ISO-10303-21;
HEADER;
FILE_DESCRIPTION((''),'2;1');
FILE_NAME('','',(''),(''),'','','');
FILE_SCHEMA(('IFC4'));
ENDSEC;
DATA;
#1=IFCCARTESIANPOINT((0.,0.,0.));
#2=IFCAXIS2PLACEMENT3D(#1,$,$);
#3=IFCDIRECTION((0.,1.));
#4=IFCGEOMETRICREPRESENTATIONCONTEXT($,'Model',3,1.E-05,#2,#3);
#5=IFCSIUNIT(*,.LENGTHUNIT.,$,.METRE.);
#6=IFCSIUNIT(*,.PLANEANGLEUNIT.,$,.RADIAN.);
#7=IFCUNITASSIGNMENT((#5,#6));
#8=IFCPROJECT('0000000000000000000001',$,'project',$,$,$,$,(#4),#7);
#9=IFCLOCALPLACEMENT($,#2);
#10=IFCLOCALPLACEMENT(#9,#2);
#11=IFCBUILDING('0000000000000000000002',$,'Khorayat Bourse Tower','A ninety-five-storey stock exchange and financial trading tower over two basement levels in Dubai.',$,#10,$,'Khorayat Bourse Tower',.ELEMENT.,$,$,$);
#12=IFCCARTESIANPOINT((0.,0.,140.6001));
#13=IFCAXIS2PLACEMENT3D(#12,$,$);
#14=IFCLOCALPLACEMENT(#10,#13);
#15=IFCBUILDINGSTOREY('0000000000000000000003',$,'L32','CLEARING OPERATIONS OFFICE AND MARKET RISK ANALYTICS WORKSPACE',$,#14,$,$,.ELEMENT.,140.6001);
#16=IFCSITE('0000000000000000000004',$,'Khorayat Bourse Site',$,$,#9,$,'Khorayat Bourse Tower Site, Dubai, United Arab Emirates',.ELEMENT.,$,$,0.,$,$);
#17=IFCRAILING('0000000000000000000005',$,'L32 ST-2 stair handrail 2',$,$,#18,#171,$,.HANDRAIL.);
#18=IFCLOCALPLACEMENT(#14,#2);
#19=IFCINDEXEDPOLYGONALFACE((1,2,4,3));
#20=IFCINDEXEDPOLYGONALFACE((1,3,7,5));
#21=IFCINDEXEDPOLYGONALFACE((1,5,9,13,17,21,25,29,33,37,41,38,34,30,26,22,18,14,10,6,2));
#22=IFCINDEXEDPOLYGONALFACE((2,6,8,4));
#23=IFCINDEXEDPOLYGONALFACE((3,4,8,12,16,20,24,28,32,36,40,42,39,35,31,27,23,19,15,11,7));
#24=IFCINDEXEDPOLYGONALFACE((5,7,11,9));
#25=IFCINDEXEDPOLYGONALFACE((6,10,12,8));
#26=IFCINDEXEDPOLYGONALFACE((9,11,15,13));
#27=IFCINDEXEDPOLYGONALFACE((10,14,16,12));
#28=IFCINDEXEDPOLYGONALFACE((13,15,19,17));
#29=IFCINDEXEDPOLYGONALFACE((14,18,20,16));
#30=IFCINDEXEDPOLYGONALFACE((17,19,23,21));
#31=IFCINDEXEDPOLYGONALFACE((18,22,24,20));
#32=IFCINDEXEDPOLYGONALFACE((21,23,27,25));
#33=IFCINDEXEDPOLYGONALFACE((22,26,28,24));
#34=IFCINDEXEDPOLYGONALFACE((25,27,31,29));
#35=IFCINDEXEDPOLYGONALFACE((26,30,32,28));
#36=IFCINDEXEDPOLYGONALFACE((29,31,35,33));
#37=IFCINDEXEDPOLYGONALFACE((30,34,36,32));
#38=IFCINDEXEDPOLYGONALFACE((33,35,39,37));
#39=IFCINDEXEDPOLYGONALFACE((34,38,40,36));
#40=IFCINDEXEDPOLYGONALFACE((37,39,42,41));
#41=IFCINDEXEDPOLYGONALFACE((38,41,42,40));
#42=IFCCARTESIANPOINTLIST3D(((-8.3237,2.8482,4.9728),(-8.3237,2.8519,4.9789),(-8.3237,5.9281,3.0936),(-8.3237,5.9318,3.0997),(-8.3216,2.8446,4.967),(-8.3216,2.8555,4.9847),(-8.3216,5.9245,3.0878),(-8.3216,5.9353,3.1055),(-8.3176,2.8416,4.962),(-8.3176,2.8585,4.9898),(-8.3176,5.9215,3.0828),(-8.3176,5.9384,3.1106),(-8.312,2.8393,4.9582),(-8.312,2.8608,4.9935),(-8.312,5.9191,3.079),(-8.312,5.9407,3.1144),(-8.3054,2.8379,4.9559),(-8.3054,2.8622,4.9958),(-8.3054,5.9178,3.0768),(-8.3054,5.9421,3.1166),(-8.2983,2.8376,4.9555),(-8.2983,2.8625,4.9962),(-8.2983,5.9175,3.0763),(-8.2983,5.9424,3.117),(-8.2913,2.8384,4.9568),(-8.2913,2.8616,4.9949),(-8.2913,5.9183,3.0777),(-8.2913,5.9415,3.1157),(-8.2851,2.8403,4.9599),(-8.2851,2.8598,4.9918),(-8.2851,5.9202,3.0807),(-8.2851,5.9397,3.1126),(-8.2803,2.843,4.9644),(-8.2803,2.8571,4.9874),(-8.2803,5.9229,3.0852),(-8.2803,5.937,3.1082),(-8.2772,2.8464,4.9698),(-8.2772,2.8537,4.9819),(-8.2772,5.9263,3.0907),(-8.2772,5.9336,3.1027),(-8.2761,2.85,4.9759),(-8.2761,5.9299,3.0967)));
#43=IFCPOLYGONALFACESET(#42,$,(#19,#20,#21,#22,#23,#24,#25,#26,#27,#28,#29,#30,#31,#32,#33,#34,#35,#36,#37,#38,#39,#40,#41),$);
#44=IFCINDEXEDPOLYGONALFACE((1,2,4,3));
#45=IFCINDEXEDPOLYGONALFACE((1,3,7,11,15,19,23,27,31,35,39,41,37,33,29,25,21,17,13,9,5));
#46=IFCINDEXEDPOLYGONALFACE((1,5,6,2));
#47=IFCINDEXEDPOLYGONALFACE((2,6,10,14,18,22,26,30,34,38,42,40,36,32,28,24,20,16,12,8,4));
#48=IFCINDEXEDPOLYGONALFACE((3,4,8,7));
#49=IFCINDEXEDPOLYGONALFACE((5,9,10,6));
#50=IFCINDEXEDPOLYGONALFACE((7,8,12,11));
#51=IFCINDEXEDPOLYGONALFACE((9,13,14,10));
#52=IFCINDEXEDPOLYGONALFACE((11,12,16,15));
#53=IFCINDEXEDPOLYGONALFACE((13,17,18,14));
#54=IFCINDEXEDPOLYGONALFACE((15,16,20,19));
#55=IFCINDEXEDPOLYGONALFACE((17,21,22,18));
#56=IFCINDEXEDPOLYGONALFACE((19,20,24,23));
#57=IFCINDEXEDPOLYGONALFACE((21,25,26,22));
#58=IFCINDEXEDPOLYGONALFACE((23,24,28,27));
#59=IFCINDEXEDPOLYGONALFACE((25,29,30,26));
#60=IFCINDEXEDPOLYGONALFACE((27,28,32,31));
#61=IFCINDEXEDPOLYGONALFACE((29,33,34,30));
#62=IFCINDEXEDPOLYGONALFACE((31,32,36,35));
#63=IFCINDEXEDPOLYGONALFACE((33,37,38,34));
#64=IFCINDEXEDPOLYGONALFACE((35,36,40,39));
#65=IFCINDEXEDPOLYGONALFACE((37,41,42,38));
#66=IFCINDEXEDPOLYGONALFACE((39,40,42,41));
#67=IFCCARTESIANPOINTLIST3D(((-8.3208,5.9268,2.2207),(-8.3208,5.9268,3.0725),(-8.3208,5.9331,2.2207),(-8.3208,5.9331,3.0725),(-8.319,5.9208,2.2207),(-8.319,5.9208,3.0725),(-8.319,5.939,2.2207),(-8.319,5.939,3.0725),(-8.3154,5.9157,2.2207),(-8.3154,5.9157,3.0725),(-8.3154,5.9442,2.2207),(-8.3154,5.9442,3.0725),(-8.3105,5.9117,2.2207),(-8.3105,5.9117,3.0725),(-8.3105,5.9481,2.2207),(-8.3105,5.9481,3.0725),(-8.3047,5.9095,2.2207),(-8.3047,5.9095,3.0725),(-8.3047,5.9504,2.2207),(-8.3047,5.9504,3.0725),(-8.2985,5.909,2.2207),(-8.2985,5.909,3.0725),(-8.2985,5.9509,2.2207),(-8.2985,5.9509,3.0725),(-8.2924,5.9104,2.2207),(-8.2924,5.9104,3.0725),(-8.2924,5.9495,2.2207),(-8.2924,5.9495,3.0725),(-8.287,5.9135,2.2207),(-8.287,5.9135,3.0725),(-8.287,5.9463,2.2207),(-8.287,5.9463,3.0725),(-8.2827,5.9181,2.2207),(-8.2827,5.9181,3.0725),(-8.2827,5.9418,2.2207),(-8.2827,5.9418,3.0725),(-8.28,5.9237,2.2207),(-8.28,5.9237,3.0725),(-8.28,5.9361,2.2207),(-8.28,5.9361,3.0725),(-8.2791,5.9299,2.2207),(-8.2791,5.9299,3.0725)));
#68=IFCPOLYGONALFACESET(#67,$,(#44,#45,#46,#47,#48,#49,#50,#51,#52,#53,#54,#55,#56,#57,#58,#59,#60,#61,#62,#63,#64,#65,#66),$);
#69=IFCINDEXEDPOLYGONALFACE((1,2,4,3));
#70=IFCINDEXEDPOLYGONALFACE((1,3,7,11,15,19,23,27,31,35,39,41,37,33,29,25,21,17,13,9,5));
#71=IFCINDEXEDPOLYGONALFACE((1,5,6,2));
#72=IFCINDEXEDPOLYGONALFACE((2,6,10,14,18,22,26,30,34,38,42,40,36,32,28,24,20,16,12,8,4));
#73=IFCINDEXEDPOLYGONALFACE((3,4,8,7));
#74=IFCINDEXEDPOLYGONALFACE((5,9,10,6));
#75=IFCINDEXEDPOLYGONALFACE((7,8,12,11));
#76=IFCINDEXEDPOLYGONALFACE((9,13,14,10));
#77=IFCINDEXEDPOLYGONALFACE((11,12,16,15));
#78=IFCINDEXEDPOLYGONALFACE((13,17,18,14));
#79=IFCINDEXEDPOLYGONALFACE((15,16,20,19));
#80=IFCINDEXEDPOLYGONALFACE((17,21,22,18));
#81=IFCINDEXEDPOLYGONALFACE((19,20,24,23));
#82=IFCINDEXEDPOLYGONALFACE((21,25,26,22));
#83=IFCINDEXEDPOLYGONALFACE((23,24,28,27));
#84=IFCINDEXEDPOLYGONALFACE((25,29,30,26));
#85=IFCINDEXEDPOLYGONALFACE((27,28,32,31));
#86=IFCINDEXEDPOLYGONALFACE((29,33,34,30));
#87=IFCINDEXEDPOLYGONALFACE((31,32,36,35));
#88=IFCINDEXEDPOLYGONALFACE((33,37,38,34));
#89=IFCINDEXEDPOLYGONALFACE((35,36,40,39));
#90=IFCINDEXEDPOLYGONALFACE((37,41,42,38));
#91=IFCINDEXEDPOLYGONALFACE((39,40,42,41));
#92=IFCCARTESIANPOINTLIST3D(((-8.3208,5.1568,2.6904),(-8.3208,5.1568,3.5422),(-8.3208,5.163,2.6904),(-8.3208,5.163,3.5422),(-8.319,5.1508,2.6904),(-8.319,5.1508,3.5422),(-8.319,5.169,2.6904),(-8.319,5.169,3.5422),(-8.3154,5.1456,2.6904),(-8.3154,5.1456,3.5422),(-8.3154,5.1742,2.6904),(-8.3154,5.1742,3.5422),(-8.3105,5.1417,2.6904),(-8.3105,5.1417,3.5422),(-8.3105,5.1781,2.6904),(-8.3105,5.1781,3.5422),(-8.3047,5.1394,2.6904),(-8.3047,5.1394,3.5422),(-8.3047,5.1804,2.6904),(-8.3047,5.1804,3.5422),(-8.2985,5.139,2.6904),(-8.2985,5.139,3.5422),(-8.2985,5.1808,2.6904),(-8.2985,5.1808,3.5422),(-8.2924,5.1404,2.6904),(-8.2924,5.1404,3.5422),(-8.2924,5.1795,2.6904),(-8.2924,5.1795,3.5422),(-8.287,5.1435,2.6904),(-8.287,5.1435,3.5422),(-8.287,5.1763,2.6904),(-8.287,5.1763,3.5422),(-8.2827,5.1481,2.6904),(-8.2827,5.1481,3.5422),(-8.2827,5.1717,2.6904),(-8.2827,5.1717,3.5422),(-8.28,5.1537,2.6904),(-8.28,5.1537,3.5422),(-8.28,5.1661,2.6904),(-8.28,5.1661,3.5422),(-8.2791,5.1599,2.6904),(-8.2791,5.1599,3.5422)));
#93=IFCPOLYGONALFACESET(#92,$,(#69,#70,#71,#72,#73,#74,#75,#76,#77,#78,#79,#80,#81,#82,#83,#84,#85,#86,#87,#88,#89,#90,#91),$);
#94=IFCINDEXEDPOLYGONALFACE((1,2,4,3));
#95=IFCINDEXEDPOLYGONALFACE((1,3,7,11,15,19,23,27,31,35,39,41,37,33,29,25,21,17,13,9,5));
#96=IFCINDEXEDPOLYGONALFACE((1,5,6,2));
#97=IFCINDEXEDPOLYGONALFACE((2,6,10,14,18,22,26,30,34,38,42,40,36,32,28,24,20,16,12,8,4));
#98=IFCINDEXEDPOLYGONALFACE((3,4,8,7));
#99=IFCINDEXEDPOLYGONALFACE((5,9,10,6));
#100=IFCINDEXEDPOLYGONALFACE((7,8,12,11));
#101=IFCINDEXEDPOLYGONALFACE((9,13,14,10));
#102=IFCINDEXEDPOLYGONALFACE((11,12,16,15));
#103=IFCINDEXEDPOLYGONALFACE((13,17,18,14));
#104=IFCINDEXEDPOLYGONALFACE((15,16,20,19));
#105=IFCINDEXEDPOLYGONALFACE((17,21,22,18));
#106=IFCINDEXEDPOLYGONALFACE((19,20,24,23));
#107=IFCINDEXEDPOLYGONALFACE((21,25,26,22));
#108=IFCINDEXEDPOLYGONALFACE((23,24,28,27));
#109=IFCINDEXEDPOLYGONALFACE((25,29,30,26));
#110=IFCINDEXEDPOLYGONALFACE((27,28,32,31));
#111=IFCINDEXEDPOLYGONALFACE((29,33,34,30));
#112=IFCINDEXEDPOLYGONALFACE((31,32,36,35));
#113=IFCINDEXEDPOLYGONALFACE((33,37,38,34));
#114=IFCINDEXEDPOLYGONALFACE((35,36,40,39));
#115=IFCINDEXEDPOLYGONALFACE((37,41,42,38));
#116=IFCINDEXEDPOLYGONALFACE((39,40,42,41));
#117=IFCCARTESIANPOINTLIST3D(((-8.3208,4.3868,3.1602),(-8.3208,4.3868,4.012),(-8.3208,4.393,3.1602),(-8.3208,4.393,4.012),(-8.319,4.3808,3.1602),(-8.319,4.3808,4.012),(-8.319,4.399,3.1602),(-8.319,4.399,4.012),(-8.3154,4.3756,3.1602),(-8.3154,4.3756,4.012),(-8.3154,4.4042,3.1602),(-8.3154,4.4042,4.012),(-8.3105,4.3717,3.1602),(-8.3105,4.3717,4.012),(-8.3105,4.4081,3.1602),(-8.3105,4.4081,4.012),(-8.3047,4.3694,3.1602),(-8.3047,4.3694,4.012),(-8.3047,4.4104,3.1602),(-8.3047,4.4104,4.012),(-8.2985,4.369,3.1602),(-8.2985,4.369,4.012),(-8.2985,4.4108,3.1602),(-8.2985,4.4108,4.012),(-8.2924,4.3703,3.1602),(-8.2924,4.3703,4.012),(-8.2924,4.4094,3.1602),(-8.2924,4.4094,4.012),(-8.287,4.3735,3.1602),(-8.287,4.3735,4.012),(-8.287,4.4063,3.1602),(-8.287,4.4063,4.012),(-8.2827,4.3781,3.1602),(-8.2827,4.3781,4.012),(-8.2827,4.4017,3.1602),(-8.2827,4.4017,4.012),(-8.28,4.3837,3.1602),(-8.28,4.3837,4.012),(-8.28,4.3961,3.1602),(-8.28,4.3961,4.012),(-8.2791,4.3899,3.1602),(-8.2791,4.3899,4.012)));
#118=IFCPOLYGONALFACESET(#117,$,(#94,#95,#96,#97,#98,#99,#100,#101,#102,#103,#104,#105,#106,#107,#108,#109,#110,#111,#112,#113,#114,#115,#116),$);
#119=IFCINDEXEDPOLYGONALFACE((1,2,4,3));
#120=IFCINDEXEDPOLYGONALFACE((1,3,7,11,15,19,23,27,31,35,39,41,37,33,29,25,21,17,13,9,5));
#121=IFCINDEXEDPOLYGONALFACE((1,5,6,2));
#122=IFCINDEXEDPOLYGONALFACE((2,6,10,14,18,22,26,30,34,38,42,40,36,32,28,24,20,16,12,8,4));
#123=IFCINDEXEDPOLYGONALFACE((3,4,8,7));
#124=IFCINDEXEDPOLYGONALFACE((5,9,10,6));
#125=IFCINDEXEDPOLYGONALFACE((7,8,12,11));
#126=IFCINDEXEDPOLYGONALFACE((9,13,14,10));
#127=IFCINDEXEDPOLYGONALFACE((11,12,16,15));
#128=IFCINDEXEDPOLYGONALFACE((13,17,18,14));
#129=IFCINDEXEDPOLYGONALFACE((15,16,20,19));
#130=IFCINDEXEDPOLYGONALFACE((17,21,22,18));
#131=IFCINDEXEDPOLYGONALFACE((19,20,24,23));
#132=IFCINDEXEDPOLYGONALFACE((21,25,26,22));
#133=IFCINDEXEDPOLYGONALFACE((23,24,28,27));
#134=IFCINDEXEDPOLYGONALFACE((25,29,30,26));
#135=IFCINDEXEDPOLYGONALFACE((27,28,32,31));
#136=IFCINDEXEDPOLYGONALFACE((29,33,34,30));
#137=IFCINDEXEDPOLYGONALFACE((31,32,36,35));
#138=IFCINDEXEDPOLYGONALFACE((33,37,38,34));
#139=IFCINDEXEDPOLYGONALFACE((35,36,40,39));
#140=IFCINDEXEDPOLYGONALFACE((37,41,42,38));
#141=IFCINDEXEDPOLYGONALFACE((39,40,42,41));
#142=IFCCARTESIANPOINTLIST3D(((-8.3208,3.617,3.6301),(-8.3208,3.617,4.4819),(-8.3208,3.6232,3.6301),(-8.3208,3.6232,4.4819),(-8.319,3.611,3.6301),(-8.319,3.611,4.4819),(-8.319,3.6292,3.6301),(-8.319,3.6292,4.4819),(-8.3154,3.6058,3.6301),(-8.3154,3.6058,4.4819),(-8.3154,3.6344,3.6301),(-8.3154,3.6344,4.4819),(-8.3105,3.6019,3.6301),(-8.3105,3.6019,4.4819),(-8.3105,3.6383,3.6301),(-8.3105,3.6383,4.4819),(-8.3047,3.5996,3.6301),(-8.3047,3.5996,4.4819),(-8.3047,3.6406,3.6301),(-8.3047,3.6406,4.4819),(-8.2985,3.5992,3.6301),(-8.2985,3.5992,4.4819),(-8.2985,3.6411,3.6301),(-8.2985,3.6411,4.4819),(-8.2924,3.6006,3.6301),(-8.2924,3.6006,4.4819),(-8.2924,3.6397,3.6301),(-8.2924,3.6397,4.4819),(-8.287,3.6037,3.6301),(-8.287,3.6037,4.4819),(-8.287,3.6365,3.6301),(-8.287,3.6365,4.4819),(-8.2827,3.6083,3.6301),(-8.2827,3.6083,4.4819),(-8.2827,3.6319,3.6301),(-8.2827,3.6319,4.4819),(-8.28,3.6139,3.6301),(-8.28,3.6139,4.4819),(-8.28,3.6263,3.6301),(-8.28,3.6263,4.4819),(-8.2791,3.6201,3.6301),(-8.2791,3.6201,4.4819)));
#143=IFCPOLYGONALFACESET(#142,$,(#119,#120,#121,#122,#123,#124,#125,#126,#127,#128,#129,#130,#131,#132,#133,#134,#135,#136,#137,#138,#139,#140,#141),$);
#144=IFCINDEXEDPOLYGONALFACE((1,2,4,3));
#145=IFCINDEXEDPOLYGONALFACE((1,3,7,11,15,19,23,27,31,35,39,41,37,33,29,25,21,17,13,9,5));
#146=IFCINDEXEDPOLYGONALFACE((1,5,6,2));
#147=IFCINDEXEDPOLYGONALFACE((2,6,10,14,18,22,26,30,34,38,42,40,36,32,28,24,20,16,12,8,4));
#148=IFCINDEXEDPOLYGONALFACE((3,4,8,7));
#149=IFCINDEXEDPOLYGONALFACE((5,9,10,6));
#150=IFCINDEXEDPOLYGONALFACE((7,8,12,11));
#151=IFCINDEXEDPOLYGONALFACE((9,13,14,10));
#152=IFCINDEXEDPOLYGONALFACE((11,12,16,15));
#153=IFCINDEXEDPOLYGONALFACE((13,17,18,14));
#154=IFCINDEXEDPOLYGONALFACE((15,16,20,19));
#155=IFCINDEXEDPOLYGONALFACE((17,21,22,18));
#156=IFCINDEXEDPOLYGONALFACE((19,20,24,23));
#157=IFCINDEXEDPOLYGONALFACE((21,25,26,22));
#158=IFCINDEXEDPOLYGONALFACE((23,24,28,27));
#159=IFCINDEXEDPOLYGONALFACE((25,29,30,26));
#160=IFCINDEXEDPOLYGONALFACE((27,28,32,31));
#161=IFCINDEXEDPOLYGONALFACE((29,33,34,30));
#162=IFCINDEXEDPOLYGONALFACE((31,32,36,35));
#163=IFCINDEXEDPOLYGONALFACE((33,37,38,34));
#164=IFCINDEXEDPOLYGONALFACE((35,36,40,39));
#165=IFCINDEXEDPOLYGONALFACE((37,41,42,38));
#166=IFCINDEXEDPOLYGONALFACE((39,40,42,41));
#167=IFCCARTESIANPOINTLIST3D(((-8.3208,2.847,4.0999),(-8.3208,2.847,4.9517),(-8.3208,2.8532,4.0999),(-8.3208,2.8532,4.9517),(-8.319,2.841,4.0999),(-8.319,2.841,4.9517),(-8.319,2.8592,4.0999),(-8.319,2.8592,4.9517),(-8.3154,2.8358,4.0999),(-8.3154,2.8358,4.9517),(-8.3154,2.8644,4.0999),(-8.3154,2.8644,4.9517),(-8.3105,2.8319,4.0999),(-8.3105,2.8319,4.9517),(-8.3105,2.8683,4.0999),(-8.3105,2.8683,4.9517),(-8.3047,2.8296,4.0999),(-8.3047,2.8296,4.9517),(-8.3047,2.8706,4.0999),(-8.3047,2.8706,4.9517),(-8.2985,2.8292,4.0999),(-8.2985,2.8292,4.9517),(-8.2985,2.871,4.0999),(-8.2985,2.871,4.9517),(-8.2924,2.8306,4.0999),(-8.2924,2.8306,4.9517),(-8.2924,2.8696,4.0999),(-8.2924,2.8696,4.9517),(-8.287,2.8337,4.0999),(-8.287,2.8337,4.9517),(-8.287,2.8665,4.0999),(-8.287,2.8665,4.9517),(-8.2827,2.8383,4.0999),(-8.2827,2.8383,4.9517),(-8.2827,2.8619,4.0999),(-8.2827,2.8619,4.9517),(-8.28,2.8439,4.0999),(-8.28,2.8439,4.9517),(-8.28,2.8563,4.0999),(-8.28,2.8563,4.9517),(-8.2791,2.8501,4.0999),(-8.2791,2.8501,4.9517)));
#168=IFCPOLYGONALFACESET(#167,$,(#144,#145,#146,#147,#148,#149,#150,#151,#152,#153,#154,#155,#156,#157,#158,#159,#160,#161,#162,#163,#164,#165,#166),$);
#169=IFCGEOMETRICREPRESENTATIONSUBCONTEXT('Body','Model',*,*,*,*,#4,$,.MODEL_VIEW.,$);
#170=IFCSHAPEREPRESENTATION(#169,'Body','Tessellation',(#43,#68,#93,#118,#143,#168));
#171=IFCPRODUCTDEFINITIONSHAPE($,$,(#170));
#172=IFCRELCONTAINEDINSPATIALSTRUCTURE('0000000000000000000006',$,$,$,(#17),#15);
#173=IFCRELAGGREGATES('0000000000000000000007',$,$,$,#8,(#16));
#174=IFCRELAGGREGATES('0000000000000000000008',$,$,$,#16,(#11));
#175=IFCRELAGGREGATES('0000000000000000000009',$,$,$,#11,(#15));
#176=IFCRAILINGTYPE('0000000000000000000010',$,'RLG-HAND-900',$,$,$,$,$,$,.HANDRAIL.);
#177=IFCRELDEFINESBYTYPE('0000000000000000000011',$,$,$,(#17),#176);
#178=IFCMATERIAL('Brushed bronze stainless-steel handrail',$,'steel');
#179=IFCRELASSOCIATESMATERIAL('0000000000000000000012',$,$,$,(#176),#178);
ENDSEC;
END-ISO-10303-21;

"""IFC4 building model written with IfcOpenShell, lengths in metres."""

from ifc_helpers import new_model, si_unit, direction, frame, origin, origin_2d, place, context, subcontext, project, spatial, circle, extrude, source, transform, mapped, material, type_object, element, save


model = new_model("IFC4")

# Units and contexts
model_context = context("Model", 3, precision=1e-05, world=origin(), true_north=direction((0.0, 1.0)))
body_context = subcontext(model_context, "Body", "Model", "MODEL_VIEW")
ifc_project = project(units=[si_unit("LENGTHUNIT", "METRE"), si_unit("PLANEANGLEUNIT", "RADIAN")], contexts=[model_context])

# Site, building, storey
site_placement = place(None, origin())
site = spatial("IfcSite", under=ifc_project, at=site_placement, Name="Khorayat Bourse Site", LongName="Khorayat Bourse Tower Site, Dubai, United Arab Emirates", CompositionType="ELEMENT", RefElevation=0.0)
building_placement = place(site_placement, origin())
building = spatial("IfcBuilding", under=site, at=building_placement, Name="Khorayat Bourse Tower", Description="A ninety-five-storey stock exchange and financial trading tower over two basement levels in Dubai.", LongName="Khorayat Bourse Tower", CompositionType="ELEMENT")
storey_placement = place(building_placement, frame((0.0, 0.0, 140.6001)))
storey = spatial("IfcBuildingStorey", under=building, at=storey_placement, Name="L32", Description="CLEARING OPERATIONS OFFICE AND MARKET RISK ANALYTICS WORKSPACE", CompositionType="ELEMENT", Elevation=140.6001)

# Railing
ifc_material_1 = material(Name="Brushed bronze stainless-steel handrail", Category="steel")
railing_type_1 = type_object("IfcRailingType", Name="RLG-HAND-900", PredefinedType="HANDRAIL", material=ifc_material_1)
shared_shape_1 = source(origin(), body_context, "Body", "SweptSolid", [
    extrude(circle(Radius=0.0239, at=origin_2d()), frame((0.0, 0.0, 0.876), z_axis=(0.0, -0.853648, 0.52085), x_axis=(1.0, 0.0, 0.0)), (0.0, 0.0, 1.0), 3.6079),
    extrude(circle(Radius=0.021, at=origin_2d()), origin(), (0.0, 0.0, 1.0), 0.8518),
    extrude(circle(Radius=0.021, at=origin_2d()), frame((0.0, -0.77, 0.4697)), (0.0, 0.0, 1.0), 0.8518),
    extrude(circle(Radius=0.021, at=origin_2d()), frame((0.0, -1.54, 0.9395)), (0.0, 0.0, 1.0), 0.8518),
    extrude(circle(Radius=0.021, at=origin_2d()), frame((0.0, -2.3098, 1.4094)), (0.0, 0.0, 1.0), 0.8518),
    extrude(circle(Radius=0.021, at=origin_2d()), frame((0.0, -3.0798, 1.8792)), (0.0, 0.0, 1.0), 0.8518),
])
railing_1_placement = place(storey_placement, frame((-8.3, 5.9299, 2.2207)))
element("IfcRailing", 1, at=railing_1_placement, inside=storey, type_object=railing_type_1, Name="L32 ST-2 stair handrail 2", PredefinedType="HANDRAIL", context=body_context, shape_type="MappedRepresentation", body=[
    mapped(shared_shape_1, transform((0.0, 0.0, 0.0), scale=1.0)),
])

save(model, "model.ifc")
